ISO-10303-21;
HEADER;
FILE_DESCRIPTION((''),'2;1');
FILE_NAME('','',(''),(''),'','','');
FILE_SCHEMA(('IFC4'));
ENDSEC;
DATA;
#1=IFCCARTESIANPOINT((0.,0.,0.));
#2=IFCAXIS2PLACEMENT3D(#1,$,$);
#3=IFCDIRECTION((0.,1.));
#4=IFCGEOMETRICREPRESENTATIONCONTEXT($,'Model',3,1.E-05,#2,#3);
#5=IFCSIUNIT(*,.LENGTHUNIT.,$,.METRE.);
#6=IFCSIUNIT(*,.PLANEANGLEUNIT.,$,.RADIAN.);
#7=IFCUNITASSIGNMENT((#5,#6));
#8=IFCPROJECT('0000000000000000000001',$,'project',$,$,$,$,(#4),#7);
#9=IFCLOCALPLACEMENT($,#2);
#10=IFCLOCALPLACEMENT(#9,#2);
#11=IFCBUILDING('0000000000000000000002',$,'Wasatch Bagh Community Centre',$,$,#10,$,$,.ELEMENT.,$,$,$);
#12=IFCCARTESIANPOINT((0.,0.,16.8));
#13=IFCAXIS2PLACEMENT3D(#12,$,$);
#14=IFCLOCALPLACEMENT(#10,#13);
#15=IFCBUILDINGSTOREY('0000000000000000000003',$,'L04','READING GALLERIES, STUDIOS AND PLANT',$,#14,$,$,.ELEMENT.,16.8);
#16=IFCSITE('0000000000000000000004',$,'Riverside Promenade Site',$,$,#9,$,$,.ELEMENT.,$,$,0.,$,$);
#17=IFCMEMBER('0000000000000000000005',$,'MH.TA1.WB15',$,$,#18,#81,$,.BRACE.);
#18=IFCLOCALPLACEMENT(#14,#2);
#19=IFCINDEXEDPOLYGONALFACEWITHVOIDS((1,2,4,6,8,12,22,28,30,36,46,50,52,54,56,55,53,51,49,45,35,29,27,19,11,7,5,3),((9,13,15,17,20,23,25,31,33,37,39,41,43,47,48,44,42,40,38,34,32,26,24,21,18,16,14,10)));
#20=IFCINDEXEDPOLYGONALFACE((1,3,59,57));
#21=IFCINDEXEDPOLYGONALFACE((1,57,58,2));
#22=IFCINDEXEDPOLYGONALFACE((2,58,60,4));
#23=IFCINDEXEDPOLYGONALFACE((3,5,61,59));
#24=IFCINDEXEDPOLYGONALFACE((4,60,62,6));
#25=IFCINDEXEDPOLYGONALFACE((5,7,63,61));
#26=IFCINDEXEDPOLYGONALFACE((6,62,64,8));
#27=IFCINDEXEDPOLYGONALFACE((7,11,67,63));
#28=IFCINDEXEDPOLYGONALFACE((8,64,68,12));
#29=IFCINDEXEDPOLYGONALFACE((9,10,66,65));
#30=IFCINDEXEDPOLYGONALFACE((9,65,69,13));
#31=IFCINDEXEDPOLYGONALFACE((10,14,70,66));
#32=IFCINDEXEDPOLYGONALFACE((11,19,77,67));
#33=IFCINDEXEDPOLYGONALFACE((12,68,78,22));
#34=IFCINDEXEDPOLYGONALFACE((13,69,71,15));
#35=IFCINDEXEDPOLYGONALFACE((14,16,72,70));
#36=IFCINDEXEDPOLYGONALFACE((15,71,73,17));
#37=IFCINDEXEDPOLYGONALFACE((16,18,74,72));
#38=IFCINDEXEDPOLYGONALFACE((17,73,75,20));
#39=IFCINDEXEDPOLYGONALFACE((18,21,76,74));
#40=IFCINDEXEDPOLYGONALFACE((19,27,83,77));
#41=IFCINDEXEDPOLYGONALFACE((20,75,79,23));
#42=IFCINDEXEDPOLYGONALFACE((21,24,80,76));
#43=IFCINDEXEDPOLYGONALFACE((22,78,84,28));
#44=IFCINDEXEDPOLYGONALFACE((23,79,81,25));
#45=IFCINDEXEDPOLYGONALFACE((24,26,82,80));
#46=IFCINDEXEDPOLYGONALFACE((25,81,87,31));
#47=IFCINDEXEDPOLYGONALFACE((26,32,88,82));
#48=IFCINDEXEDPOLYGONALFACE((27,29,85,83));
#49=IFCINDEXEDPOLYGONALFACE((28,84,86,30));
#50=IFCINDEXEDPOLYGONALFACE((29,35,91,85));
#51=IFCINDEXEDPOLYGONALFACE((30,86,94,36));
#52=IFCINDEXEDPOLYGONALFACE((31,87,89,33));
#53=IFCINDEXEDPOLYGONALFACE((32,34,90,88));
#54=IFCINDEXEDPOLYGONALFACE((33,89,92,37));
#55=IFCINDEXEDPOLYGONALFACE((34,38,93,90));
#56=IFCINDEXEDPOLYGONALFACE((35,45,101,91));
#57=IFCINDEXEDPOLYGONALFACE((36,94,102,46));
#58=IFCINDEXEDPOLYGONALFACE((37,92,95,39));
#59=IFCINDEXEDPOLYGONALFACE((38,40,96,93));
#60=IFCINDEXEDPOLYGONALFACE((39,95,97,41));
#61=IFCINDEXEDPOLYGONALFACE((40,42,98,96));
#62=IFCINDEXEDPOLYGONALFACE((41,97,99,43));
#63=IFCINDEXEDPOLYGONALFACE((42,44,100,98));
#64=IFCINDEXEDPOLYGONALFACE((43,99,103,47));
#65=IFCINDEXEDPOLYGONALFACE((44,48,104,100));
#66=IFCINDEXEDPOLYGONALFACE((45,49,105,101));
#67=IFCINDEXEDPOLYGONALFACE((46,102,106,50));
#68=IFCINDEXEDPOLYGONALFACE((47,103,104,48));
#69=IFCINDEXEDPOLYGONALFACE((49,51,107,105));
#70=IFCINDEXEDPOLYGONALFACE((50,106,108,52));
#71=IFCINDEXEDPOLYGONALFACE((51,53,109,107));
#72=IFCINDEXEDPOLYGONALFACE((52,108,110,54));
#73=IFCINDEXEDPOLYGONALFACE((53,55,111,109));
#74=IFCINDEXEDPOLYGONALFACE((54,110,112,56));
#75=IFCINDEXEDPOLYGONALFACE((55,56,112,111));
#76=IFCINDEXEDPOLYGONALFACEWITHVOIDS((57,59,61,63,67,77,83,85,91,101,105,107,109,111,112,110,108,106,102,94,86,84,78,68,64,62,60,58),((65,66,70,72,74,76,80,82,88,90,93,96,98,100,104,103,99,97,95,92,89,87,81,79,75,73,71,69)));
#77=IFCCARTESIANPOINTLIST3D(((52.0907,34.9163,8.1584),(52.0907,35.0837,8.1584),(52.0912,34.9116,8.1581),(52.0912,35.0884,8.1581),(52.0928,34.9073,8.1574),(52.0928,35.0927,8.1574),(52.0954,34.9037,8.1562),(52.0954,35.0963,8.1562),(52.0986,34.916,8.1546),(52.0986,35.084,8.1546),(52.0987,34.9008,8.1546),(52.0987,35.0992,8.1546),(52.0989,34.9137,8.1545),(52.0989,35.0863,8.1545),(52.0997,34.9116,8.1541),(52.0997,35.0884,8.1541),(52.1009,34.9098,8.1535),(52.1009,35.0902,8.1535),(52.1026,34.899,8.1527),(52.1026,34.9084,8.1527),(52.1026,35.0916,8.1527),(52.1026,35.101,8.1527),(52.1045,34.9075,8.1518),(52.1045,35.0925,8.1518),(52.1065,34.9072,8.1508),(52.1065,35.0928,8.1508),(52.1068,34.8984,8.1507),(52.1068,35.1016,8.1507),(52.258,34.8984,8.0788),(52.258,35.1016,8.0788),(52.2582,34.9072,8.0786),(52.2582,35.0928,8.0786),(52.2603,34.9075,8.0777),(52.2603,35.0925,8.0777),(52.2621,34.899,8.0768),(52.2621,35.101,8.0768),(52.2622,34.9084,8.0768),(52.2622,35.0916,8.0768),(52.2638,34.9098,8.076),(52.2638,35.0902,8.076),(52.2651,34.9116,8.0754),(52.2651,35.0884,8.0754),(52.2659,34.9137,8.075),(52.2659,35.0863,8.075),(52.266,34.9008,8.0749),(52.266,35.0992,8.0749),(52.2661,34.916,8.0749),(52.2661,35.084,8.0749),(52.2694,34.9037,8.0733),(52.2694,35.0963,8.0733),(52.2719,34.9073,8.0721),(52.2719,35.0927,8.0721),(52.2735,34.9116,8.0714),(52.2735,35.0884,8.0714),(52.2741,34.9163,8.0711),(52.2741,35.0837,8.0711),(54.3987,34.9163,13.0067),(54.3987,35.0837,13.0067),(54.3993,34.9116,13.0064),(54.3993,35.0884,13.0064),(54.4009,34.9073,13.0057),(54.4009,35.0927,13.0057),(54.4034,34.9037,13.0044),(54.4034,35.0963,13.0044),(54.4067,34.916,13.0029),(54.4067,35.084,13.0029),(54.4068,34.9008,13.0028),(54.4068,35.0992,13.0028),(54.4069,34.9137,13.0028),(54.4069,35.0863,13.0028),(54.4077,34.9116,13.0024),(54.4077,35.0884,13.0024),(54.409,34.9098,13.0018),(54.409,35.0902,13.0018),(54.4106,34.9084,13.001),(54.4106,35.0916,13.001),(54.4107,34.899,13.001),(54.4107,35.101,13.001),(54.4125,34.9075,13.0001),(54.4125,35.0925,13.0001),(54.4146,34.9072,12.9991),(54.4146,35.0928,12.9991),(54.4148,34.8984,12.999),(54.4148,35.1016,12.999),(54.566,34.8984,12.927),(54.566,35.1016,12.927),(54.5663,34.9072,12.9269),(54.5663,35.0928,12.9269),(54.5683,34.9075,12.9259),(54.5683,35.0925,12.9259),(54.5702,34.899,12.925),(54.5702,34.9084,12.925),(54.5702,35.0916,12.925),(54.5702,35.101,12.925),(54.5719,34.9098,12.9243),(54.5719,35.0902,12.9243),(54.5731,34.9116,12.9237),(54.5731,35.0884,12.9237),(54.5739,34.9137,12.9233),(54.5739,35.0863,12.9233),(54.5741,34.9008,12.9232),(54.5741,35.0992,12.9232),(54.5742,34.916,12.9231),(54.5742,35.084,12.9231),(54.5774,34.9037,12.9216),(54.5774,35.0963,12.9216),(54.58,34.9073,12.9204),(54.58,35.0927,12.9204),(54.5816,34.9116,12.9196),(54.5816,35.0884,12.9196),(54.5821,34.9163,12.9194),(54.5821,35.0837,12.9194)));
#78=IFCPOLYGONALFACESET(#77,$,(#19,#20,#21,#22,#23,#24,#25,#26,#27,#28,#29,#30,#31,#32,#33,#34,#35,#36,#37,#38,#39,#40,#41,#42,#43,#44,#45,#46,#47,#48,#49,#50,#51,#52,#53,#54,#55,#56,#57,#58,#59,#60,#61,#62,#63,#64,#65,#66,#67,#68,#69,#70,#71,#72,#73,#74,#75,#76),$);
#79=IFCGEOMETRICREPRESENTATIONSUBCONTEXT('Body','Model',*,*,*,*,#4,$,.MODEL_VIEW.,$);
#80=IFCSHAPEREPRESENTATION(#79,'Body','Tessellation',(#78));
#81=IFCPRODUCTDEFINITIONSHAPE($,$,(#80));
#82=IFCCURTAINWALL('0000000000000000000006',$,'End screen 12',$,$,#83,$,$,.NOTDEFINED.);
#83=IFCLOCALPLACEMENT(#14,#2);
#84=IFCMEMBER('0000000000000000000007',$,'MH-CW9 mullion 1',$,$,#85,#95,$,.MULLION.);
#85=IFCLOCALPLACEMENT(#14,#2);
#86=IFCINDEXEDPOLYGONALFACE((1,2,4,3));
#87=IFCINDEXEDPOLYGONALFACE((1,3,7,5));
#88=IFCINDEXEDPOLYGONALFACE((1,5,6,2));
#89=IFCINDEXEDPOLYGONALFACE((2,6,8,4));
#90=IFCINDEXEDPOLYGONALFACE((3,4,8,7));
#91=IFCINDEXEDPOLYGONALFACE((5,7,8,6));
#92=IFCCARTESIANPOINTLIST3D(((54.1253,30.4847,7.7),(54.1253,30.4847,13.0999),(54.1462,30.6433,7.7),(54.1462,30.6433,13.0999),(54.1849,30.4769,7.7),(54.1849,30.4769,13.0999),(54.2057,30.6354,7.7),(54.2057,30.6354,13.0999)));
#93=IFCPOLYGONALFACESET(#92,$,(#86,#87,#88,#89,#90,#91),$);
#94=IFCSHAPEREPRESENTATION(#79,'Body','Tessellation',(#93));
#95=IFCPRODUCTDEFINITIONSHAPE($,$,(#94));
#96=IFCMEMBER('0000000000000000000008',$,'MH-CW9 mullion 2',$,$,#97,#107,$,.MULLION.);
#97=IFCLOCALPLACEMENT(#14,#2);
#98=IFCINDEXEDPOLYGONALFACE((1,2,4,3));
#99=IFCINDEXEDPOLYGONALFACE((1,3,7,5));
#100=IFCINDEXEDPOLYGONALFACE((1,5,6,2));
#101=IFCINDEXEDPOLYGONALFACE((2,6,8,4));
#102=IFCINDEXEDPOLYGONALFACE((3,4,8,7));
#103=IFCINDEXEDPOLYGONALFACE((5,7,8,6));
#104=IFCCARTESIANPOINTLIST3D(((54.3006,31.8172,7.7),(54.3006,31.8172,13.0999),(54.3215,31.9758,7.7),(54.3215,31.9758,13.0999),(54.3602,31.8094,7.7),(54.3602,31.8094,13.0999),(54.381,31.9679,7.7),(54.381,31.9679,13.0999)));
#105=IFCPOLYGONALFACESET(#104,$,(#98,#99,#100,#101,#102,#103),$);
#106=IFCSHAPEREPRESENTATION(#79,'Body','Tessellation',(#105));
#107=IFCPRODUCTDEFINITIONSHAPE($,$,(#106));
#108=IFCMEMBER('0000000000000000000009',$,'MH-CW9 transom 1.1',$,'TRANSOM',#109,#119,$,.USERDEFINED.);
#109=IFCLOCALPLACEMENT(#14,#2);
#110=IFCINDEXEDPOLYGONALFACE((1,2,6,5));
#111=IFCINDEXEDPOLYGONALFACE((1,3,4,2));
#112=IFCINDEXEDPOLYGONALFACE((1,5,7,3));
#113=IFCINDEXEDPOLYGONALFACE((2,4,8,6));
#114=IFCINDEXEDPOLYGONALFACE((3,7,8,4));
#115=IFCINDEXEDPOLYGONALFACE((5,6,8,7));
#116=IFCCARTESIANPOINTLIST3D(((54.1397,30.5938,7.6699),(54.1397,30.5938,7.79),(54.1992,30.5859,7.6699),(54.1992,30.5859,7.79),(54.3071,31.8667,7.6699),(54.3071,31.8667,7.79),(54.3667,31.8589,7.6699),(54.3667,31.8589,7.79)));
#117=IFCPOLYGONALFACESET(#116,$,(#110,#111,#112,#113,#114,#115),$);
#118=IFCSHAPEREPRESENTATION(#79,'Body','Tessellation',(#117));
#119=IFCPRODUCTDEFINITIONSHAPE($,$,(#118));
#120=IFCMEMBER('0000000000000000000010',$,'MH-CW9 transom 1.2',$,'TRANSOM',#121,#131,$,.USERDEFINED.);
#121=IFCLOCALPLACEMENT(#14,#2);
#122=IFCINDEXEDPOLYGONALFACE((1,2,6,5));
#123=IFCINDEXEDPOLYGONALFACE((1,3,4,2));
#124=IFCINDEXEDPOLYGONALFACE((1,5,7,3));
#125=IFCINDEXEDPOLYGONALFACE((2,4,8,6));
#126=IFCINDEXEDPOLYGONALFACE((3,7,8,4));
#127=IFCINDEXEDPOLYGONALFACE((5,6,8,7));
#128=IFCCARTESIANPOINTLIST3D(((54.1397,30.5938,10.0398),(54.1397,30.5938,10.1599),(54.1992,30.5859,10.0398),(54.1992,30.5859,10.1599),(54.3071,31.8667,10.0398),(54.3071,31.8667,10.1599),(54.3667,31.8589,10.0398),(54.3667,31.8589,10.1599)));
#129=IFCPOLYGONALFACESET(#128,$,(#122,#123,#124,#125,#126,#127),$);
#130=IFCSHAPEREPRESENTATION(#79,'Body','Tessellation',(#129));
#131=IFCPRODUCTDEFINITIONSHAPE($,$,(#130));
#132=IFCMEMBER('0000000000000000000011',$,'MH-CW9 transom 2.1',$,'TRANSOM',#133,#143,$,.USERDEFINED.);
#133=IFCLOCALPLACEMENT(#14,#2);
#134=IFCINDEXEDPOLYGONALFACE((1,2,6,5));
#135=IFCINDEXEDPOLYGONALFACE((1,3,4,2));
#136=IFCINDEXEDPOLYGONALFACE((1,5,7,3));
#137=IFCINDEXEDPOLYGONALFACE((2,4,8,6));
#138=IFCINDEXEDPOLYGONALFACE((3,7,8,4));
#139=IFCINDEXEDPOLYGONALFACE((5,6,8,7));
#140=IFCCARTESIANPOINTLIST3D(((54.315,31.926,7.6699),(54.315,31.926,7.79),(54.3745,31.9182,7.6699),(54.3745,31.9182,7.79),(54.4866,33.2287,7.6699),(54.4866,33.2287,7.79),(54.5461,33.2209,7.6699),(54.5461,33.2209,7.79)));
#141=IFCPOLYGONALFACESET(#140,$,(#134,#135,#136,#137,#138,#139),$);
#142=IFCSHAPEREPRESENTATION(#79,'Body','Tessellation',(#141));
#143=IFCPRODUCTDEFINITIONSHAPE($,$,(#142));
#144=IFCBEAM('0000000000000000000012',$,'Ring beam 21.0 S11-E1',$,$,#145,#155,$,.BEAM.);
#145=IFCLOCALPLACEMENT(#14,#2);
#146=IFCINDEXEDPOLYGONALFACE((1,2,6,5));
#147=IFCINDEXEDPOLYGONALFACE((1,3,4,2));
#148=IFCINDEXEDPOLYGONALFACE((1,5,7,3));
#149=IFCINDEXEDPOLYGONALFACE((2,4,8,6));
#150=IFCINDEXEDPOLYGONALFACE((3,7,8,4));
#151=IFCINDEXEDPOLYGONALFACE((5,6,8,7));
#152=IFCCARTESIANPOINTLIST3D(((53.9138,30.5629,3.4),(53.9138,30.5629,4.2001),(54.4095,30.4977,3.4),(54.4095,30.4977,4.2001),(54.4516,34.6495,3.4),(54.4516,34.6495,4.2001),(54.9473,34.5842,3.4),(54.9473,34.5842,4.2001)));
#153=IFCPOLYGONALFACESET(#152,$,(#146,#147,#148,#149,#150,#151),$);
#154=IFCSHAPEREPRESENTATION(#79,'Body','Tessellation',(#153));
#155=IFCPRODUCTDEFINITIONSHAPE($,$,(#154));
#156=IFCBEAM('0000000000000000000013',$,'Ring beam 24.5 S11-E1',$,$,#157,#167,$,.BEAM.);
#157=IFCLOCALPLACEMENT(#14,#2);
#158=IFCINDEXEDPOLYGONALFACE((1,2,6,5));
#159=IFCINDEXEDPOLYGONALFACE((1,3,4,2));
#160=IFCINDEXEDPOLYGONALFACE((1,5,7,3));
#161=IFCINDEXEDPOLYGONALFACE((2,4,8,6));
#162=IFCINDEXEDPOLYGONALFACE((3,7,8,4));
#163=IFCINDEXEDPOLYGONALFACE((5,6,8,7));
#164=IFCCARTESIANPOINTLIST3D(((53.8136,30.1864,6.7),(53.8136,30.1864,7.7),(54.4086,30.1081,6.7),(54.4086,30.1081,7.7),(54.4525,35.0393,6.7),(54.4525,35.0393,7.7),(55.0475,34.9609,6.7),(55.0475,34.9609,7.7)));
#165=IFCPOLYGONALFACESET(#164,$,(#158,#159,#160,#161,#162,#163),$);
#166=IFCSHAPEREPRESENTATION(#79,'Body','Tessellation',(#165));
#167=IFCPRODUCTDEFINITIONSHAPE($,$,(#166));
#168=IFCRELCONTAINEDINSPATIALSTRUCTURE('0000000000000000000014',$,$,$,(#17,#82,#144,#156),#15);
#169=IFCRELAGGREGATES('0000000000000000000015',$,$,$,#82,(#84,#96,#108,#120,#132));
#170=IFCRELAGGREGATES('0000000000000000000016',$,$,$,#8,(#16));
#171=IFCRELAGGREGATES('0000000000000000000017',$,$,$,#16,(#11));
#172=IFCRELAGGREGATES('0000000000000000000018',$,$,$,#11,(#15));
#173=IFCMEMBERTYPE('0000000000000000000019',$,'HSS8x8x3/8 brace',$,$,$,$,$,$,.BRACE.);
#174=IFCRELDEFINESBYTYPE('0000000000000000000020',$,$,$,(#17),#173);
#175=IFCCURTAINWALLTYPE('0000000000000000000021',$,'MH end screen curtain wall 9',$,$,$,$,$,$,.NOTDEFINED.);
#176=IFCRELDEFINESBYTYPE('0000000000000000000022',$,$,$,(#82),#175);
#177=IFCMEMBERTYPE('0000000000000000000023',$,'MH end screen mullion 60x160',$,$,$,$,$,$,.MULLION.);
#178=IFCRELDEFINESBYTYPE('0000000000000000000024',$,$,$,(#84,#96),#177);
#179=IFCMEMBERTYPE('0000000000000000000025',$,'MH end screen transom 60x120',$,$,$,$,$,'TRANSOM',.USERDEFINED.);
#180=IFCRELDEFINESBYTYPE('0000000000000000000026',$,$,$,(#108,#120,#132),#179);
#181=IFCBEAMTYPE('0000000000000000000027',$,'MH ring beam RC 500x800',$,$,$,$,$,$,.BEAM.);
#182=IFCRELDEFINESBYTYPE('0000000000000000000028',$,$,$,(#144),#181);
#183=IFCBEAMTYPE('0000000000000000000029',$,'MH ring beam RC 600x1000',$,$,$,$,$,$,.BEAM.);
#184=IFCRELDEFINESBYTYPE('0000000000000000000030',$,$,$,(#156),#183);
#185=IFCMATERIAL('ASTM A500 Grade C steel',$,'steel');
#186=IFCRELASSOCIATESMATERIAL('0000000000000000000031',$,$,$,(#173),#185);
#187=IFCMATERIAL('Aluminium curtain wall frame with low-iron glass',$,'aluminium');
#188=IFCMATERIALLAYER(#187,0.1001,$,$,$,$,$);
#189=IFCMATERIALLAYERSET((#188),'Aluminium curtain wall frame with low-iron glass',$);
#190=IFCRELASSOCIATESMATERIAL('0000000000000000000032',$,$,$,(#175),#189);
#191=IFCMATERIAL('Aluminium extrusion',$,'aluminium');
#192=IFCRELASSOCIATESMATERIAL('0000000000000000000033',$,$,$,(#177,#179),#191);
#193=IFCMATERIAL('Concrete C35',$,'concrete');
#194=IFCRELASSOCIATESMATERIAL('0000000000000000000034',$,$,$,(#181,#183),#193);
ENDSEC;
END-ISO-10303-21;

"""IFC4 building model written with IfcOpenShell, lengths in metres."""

from ifc_helpers import new_model, si_unit, direction, frame, origin, origin_2d, place, context, subcontext, project, spatial, rectangle, hollow_rectangle, extrude, material, layer, layer_set, material_profile, profile_set, type_object, element, aggregate, save


model = new_model("IFC4")

# Units and contexts
model_context = context("Model", 3, precision=1e-05, world=origin(), true_north=direction((0.0, 1.0)))
body_context = subcontext(model_context, "Body", "Model", "MODEL_VIEW")
ifc_project = project(units=[si_unit("LENGTHUNIT", "METRE"), si_unit("PLANEANGLEUNIT", "RADIAN")], contexts=[model_context])

# Site, building, storey
site_placement = place(None, origin())
site = spatial("IfcSite", under=ifc_project, at=site_placement, Name="Riverside Promenade Site", CompositionType="ELEMENT", RefElevation=0.0)
building_placement = place(site_placement, origin())
building = spatial("IfcBuilding", under=site, at=building_placement, Name="Wasatch Bagh Community Centre", CompositionType="ELEMENT")
storey_placement = place(building_placement, frame((0.0, 0.0, 16.8)))
storey = spatial("IfcBuildingStorey", under=building, at=storey_placement, Name="L04", Description="READING GALLERIES, STUDIOS AND PLANT", CompositionType="ELEMENT", Elevation=16.8)

# Member
ifc_material_1 = material(Name="ASTM A500 Grade C steel", Category="steel")
ifc_material_profile_1 = material_profile(ifc_material_1, hollow_rectangle(XDim=0.2031, YDim=0.2031, WallThickness=0.0088, InnerFilletRadius=0.0088, OuterFilletRadius=0.0178, at=origin_2d()), Name="HSS8x8x3/8")
ifc_profile_set_1 = profile_set([ifc_material_profile_1], Name="ASTM A500 Grade C steel")
member_type_1 = type_object("IfcMemberType", Name="HSS8x8x3/8 brace", PredefinedType="BRACE", material=ifc_profile_set_1)
member_1_placement = place(storey_placement, frame((52.1824, 35.0, 8.1147), z_axis=(0.429835, 0.0, 0.902908), x_axis=(0.0, 1.0, 0.0)))
element("IfcMember", 1, at=member_1_placement, inside=storey, type_object=member_type_1, Name="MH.TA1.WB15", PredefinedType="BRACE", context=body_context, shape_type="SweptSolid", body=[
    extrude(hollow_rectangle(XDim=0.2031, YDim=0.2031, WallThickness=0.0088, InnerFilletRadius=0.0088, OuterFilletRadius=0.0178, at=origin_2d()), origin(), (0.0, 0.0, 1.0), 5.3696),
])

# Curtain wall, members
ifc_material_2 = material(Name="Aluminium curtain wall frame with low-iron glass", Category="aluminium")
ifc_layer_1 = layer(ifc_material_2, 0.1001)
ifc_layer_set_1 = layer_set([ifc_layer_1], Name="Aluminium curtain wall frame with low-iron glass")
curtain_wall_type = type_object("IfcCurtainWallType", Name="MH end screen curtain wall 9", PredefinedType="NOTDEFINED", material=ifc_layer_set_1)
curtain_wall_placement = place(storey_placement, origin())
curtain_wall = element("IfcCurtainWall", 2, at=curtain_wall_placement, inside=storey, type_object=curtain_wall_type, Name="End screen 12", PredefinedType="NOTDEFINED")
ifc_material_3 = material(Name="Aluminium extrusion", Category="aluminium")
ifc_material_profile_2 = material_profile(ifc_material_3, rectangle(XDim=0.0601, YDim=0.1599, at=origin_2d()), Name="AL 60x160")
ifc_profile_set_2 = profile_set([ifc_material_profile_2], Name="Aluminium extrusion")
member_type_2 = type_object("IfcMemberType", Name="MH end screen mullion 60x160", PredefinedType="MULLION", material=ifc_profile_set_2)
member_2_placement = place(storey_placement, frame((54.1655, 30.5601, 7.7), z_axis=(0.0, 0.0, 1.0), x_axis=(-0.991445, 0.130526, 0.0)))
member_2 = element("IfcMember", 3, at=member_2_placement, type_object=member_type_2, Name="MH-CW9 mullion 1", PredefinedType="MULLION", context=body_context, shape_type="SweptSolid", body=[
    extrude(rectangle(XDim=0.0601, YDim=0.1599, at=origin_2d()), origin(), (0.0, 0.0, 1.0), 5.3999),
])
member_3_placement = place(storey_placement, frame((54.3408, 31.8926, 7.7), z_axis=(0.0, 0.0, 1.0), x_axis=(-0.991445, 0.130526, 0.0)))
member_3 = element("IfcMember", 4, at=member_3_placement, type_object=member_type_2, Name="MH-CW9 mullion 2", PredefinedType="MULLION", context=body_context, shape_type="SweptSolid", body=[
    extrude(rectangle(XDim=0.0601, YDim=0.1599, at=origin_2d()), origin(), (0.0, 0.0, 1.0), 5.3999),
])
ifc_material_profile_3 = material_profile(ifc_material_3, rectangle(XDim=0.0601, YDim=0.1201, at=origin_2d()), Name="AL 60x120")
ifc_profile_set_3 = profile_set([ifc_material_profile_3], Name="Aluminium extrusion")
member_type_3 = type_object("IfcMemberType", Name="MH end screen transom 60x120", ElementType="TRANSOM", PredefinedType="USERDEFINED", material=ifc_profile_set_3)
member_4_placement = place(storey_placement, frame((54.1694, 30.5898, 7.73), z_axis=(0.130445, 0.991456, 0.0), x_axis=(-0.991456, 0.130445, 0.0)))
member_4 = element("IfcMember", 5, at=member_4_placement, type_object=member_type_3, Name="MH-CW9 transom 1.1", ObjectType="TRANSOM", PredefinedType="USERDEFINED", context=body_context, shape_type="SweptSolid", body=[
    extrude(rectangle(XDim=0.0601, YDim=0.1201, at=origin_2d()), origin(), (0.0, 0.0, 1.0), 1.2839),
])
member_5_placement = place(storey_placement, frame((54.1694, 30.5898, 10.0999), z_axis=(0.130445, 0.991456, 0.0), x_axis=(-0.991456, 0.130445, 0.0)))
member_5 = element("IfcMember", 6, at=member_5_placement, type_object=member_type_3, Name="MH-CW9 transom 1.2", ObjectType="TRANSOM", PredefinedType="USERDEFINED", context=body_context, shape_type="SweptSolid", body=[
    extrude(rectangle(XDim=0.0601, YDim=0.1201, at=origin_2d()), origin(), (0.0, 0.0, 1.0), 1.2839),
])
member_6_placement = place(storey_placement, frame((54.3447, 31.9221, 7.73), z_axis=(0.130618, 0.991433, 0.0), x_axis=(-0.991433, 0.130618, 0.0)))
member_6 = element("IfcMember", 7, at=member_6_placement, type_object=member_type_3, Name="MH-CW9 transom 2.1", ObjectType="TRANSOM", PredefinedType="USERDEFINED", context=body_context, shape_type="SweptSolid", body=[
    extrude(rectangle(XDim=0.0601, YDim=0.1201, at=origin_2d()), origin(), (0.0, 0.0, 1.0), 1.314),
])

# Beams
ifc_material_4 = material(Name="Concrete C35", Category="concrete")
ifc_material_profile_4 = material_profile(ifc_material_4, rectangle(XDim=0.5, YDim=0.8, at=origin_2d()), Name="RC 500x800")
ifc_profile_set_4 = profile_set([ifc_material_profile_4], Name="Concrete C35")
beam_type_1 = type_object("IfcBeamType", Name="MH ring beam RC 500x800", PredefinedType="BEAM", material=ifc_profile_set_4)
beam_1_placement = place(storey_placement, frame((54.1616, 30.5303, 3.8), z_axis=(0.130484, 0.99145, 0.0), x_axis=(-0.99145, 0.130484, 0.0)))
element("IfcBeam", 8, at=beam_1_placement, inside=storey, type_object=beam_type_1, Name="Ring beam 21.0 S11-E1", PredefinedType="BEAM", context=body_context, shape_type="SweptSolid", body=[
    extrude(rectangle(XDim=0.5, YDim=0.8, at=origin_2d()), origin(), (0.0, 0.0, 1.0), 4.1218),
])
ifc_material_profile_5 = material_profile(ifc_material_4, rectangle(XDim=0.6001, YDim=1.0, at=origin_2d()), Name="RC 600x1000")
ifc_profile_set_5 = profile_set([ifc_material_profile_5], Name="Concrete C35")
beam_type_2 = type_object("IfcBeamType", Name="MH ring beam RC 600x1000", PredefinedType="BEAM", material=ifc_profile_set_5)
beam_2_placement = place(storey_placement, frame((54.1111, 30.1472, 7.2), z_axis=(0.130533, 0.991444, 0.0), x_axis=(-0.991444, 0.130533, 0.0)))
element("IfcBeam", 9, at=beam_2_placement, inside=storey, type_object=beam_type_2, Name="Ring beam 24.5 S11-E1", PredefinedType="BEAM", context=body_context, shape_type="SweptSolid", body=[
    extrude(rectangle(XDim=0.6001, YDim=1.0, at=origin_2d()), origin(), (0.0, 0.0, 1.0), 4.8948),
])

aggregate(curtain_wall, [member_2, member_3, member_4, member_5, member_6])

save(model, "model.ifc")
